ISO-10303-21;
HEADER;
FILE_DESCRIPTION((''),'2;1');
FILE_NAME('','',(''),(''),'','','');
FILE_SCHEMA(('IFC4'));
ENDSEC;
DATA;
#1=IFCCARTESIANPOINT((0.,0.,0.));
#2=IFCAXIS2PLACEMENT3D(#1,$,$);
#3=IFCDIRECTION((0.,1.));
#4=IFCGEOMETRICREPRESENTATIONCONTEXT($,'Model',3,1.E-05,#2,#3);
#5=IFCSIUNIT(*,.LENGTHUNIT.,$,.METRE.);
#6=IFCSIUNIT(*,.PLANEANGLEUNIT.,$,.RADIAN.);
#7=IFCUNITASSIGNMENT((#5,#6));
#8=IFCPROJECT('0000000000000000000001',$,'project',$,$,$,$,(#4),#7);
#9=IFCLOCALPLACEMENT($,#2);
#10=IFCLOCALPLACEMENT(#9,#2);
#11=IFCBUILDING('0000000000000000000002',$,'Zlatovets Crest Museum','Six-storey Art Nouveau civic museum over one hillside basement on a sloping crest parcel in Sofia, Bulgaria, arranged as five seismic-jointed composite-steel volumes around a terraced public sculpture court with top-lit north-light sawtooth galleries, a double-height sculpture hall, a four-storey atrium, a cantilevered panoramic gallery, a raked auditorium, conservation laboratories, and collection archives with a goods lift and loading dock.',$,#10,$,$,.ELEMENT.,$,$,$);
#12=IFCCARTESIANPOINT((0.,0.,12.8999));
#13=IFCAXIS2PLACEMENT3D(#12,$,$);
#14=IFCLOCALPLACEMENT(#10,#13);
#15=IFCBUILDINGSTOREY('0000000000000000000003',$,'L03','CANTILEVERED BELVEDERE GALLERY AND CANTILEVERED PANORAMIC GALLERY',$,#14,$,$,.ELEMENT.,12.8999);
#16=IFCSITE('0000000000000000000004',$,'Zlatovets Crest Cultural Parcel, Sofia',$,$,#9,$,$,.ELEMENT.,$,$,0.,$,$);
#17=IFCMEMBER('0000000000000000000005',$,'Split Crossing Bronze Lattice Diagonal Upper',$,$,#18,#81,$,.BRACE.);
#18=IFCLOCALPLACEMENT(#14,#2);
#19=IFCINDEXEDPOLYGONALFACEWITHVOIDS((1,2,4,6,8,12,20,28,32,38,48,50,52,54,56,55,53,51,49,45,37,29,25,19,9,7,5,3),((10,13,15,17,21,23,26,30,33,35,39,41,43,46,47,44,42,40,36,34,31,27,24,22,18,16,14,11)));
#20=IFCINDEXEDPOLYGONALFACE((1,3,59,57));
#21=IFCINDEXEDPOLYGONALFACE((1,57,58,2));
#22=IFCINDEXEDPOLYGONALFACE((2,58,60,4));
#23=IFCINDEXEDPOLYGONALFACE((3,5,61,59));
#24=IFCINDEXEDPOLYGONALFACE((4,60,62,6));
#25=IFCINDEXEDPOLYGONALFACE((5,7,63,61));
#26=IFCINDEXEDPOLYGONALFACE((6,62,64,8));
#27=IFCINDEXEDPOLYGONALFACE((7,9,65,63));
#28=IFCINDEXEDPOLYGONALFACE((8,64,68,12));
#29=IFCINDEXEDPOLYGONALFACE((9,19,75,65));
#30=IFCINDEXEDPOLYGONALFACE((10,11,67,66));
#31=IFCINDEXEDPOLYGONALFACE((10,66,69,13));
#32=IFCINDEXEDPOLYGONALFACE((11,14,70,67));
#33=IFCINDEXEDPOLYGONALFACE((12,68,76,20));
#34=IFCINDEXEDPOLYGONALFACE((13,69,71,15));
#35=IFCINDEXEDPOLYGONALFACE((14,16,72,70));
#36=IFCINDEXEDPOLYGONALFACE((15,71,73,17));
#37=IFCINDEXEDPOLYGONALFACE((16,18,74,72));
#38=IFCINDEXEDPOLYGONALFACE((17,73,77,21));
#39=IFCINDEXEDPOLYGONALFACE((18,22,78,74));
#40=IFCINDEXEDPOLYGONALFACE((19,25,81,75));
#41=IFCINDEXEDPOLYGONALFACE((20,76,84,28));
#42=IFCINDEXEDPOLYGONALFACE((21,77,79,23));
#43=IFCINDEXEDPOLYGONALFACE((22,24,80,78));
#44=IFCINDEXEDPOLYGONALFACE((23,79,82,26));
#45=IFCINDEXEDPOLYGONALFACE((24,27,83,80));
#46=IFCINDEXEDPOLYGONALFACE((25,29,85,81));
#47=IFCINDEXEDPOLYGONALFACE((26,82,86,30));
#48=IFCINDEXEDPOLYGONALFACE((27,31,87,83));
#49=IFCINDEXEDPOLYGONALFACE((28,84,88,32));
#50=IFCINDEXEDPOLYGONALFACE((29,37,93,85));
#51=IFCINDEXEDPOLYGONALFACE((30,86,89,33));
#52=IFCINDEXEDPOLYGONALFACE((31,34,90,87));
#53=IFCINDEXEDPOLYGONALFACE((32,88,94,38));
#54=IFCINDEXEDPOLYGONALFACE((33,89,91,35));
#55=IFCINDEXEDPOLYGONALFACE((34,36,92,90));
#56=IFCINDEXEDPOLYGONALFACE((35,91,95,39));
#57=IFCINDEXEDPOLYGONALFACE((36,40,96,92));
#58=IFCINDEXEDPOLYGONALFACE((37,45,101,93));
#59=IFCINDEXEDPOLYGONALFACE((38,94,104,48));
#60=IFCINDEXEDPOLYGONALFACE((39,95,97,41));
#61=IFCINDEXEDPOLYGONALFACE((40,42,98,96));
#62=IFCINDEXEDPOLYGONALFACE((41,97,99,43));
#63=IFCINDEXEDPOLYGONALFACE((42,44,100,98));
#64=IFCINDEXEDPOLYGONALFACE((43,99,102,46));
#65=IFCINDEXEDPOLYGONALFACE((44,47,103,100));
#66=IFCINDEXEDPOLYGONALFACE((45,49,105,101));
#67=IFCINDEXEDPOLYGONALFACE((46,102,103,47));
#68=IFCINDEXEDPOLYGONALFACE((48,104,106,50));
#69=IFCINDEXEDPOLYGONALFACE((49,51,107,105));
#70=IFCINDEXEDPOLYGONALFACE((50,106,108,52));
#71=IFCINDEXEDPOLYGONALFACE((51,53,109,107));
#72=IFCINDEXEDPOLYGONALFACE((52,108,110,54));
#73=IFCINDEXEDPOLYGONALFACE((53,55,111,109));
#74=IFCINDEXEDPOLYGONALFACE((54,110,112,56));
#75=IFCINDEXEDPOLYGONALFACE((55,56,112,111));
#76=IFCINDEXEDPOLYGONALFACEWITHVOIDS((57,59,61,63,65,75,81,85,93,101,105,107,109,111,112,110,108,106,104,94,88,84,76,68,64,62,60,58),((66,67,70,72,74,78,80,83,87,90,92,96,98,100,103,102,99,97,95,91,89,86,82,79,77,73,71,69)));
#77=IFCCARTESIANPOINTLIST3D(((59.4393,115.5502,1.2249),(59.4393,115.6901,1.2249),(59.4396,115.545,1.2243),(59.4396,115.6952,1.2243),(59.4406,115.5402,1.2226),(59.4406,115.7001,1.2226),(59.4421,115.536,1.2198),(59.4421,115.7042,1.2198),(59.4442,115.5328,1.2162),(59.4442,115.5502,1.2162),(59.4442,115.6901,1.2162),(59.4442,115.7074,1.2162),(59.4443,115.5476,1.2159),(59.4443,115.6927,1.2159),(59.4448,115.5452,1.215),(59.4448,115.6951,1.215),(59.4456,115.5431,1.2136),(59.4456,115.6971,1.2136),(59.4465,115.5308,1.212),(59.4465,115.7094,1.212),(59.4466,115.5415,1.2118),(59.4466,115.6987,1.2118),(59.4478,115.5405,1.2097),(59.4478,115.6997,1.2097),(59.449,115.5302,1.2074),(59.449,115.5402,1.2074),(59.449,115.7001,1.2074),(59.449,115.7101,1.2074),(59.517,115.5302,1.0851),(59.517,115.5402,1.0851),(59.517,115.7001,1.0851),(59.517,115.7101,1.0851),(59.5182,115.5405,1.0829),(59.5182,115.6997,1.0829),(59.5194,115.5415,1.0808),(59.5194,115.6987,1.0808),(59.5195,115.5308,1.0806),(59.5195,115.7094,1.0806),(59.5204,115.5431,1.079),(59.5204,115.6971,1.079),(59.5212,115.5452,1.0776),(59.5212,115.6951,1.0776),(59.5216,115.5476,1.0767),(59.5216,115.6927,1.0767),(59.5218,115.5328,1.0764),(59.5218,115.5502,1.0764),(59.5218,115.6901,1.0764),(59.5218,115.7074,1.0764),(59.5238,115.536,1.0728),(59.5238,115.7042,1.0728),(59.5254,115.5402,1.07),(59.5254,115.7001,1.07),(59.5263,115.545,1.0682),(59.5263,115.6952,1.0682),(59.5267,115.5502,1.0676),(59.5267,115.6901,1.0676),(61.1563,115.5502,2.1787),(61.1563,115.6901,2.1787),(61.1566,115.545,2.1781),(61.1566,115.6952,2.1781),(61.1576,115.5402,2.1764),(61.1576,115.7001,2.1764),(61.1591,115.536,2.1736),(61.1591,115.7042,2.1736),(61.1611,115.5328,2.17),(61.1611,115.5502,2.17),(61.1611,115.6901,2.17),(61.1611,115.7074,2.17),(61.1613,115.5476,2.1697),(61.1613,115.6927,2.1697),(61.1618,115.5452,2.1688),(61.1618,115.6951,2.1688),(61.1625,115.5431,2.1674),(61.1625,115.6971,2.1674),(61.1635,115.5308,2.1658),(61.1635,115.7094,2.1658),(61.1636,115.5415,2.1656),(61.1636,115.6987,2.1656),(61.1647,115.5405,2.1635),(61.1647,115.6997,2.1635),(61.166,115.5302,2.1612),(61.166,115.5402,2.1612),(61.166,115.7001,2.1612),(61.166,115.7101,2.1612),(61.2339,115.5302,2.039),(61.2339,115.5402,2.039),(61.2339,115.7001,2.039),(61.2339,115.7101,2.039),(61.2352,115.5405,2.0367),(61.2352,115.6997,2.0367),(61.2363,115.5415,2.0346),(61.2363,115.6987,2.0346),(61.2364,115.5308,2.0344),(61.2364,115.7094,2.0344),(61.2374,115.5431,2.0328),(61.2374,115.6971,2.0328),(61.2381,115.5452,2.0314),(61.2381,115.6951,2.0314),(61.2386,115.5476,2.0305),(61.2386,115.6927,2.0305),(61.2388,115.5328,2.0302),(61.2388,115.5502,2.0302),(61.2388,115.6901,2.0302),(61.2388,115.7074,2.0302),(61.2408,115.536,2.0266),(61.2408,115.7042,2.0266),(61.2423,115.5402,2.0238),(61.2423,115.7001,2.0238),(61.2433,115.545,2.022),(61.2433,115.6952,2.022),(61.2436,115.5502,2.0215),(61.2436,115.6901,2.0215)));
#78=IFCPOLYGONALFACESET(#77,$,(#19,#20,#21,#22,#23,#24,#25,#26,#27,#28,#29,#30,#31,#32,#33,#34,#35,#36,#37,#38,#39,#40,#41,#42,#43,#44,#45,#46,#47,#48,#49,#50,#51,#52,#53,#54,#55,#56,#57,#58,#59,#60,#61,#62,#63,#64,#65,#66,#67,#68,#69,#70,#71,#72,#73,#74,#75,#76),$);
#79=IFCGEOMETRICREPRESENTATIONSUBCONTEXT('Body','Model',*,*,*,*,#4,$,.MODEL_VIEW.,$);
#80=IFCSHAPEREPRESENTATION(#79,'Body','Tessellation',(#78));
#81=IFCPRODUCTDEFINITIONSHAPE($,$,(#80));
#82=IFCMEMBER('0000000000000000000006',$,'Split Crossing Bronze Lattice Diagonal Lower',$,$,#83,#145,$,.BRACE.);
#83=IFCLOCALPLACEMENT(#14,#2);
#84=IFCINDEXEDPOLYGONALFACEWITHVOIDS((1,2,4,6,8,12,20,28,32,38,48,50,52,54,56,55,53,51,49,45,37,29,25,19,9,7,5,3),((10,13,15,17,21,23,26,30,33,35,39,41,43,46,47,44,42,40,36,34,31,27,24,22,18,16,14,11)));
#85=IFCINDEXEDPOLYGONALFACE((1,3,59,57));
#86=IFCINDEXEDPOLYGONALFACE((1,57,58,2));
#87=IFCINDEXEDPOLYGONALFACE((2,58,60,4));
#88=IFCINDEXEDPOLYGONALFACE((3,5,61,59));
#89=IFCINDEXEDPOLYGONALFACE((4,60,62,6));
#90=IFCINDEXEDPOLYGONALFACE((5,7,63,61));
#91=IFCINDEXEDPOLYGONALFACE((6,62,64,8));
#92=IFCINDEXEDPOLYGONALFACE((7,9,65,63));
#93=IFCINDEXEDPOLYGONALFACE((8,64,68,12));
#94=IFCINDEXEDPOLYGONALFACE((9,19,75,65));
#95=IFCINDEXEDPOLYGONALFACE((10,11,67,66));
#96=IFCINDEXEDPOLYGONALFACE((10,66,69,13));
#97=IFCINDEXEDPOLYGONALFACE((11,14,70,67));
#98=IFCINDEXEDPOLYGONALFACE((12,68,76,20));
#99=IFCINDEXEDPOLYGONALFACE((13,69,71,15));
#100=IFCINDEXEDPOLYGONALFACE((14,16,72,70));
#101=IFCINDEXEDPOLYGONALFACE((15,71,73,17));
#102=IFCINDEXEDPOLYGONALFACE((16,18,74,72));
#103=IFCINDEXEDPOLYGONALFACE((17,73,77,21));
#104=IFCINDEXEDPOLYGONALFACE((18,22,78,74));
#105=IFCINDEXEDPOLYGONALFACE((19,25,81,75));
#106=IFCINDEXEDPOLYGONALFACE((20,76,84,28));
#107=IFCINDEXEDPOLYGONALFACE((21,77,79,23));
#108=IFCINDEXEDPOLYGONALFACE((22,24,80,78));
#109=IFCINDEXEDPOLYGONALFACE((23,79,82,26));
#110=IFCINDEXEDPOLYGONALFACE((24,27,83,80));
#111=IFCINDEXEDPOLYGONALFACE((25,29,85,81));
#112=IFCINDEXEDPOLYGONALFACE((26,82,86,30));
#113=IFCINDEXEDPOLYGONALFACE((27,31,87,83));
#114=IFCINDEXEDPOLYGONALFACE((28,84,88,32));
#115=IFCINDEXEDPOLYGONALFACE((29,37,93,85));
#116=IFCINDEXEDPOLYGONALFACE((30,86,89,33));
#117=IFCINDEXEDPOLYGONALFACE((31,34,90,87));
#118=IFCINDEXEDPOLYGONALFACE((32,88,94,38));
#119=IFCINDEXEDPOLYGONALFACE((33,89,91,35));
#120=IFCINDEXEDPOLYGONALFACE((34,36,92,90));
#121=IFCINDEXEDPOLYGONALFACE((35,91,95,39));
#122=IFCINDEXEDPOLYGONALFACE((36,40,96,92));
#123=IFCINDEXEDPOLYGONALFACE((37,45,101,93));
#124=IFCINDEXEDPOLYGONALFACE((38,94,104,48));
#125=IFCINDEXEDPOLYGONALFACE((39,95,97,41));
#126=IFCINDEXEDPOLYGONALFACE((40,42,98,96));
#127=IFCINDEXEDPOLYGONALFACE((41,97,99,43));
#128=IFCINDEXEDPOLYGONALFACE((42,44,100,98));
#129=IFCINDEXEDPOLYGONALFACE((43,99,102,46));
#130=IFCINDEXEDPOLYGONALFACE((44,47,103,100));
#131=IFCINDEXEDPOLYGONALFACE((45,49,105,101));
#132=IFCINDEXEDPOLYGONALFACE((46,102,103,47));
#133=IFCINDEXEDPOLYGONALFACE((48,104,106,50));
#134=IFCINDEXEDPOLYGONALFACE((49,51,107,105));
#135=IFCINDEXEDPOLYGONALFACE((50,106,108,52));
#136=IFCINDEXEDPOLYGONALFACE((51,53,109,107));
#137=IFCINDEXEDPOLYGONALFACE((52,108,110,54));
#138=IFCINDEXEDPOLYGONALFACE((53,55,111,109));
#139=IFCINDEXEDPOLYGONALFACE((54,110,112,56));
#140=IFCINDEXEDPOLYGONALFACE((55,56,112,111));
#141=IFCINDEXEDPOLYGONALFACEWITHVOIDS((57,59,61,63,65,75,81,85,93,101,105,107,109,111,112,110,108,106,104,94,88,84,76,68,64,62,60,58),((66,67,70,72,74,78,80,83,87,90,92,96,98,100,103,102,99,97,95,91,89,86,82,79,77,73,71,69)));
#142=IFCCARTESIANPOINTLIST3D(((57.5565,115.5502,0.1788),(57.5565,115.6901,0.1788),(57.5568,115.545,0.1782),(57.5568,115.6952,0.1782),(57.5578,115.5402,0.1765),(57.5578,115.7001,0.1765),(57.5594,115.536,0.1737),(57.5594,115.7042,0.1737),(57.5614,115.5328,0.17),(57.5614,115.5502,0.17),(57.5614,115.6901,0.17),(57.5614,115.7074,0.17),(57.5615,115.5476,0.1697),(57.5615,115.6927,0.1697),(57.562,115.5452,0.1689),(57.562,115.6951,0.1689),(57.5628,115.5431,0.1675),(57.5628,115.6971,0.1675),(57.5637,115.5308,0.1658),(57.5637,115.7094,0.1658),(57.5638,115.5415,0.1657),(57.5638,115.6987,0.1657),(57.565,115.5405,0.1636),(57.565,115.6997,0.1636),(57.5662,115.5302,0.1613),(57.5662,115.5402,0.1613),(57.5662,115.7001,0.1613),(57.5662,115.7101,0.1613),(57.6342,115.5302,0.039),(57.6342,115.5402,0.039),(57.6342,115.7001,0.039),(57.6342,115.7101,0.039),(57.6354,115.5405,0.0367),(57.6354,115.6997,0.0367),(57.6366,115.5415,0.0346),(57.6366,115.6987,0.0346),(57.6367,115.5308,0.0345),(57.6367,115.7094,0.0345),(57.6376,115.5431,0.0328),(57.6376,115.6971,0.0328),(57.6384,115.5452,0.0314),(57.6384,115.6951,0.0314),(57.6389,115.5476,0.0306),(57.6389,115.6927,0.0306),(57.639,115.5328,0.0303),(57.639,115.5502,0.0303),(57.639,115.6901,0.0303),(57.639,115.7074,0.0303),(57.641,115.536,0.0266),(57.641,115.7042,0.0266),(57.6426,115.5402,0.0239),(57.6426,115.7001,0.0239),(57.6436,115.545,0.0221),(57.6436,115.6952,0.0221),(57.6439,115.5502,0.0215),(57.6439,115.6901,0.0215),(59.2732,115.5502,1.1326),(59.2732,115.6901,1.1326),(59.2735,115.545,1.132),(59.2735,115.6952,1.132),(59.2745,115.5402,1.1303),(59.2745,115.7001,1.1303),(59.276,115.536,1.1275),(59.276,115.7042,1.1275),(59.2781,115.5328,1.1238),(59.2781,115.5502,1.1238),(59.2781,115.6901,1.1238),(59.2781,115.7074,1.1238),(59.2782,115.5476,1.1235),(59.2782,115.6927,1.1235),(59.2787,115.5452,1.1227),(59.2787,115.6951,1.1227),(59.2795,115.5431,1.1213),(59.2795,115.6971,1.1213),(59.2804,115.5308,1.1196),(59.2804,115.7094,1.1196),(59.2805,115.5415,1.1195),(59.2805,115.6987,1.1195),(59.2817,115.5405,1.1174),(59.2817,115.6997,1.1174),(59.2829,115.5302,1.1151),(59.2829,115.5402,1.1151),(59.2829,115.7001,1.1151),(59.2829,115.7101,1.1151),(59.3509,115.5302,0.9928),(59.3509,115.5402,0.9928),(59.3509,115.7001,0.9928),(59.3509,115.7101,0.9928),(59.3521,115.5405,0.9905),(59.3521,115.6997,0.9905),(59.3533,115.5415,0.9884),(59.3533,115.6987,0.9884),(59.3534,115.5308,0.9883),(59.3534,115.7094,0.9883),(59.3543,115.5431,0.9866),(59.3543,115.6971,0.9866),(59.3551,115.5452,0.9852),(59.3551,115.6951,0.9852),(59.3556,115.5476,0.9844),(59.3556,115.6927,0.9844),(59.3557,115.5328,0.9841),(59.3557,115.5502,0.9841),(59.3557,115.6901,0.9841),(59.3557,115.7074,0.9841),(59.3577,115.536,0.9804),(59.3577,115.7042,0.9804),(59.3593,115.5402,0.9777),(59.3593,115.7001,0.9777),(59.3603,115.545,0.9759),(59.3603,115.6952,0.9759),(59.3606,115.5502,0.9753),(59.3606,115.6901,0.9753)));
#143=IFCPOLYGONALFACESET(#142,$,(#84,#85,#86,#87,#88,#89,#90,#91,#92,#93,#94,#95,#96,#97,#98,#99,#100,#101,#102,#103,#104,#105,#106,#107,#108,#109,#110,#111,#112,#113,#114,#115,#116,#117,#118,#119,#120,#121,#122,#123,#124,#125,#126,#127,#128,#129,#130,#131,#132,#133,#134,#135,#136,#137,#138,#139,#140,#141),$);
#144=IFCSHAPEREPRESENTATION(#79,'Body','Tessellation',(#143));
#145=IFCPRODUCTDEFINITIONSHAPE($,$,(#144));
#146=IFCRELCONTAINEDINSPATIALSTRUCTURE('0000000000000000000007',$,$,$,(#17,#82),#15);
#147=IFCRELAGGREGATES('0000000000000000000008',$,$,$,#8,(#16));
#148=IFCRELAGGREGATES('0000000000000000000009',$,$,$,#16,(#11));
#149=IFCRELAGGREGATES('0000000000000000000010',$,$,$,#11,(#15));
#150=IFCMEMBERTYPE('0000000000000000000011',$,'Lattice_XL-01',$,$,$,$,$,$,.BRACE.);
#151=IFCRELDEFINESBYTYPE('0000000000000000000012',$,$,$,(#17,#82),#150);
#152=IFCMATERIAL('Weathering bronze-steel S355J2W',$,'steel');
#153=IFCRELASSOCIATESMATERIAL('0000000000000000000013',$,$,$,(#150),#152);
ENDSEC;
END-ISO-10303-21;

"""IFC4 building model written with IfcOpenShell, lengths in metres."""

from ifc_helpers import new_model, si_unit, direction, frame, origin, origin_2d, place, context, subcontext, project, spatial, hollow_rectangle, extrude, material, material_profile, profile_set, type_object, element, save


model = new_model("IFC4")

# Units and contexts
model_context = context("Model", 3, precision=1e-05, world=origin(), true_north=direction((0.0, 1.0)))
body_context = subcontext(model_context, "Body", "Model", "MODEL_VIEW")
ifc_project = project(units=[si_unit("LENGTHUNIT", "METRE"), si_unit("PLANEANGLEUNIT", "RADIAN")], contexts=[model_context])

# Site, building, storey
site_placement = place(None, origin())
site = spatial("IfcSite", under=ifc_project, at=site_placement, Name="Zlatovets Crest Cultural Parcel, Sofia", CompositionType="ELEMENT", RefElevation=0.0)
building_placement = place(site_placement, origin())
building = spatial("IfcBuilding", under=site, at=building_placement, Name="Zlatovets Crest Museum", Description="Six-storey Art Nouveau civic museum over one hillside basement on a sloping crest parcel in Sofia, Bulgaria, arranged as five seismic-jointed composite-steel volumes around a terraced public sculpture court with top-lit north-light sawtooth galleries, a double-height sculpture hall, a four-storey atrium, a cantilevered panoramic gallery, a raked auditorium, conservation laboratories, and collection archives with a goods lift and loading dock.", CompositionType="ELEMENT")
storey_placement = place(building_placement, frame((0.0, 0.0, 12.8999)))
storey = spatial("IfcBuildingStorey", under=building, at=storey_placement, Name="L03", Description="CANTILEVERED BELVEDERE GALLERY AND CANTILEVERED PANORAMIC GALLERY", CompositionType="ELEMENT", Elevation=12.8999)

# Members
ifc_material_1 = material(Name="Weathering bronze-steel S355J2W", Category="steel")
ifc_material_profile_1 = material_profile(ifc_material_1, hollow_rectangle(XDim=0.1799, YDim=0.1799, WallThickness=0.01, InnerFilletRadius=0.01, OuterFilletRadius=0.02, at=origin_2d()), Name="SHS 180x180x10.0")
ifc_profile_set_1 = profile_set([ifc_material_profile_1], Name="Weathering bronze-steel S355J2W")
member_type = type_object("IfcMemberType", Name="Lattice_XL-01", PredefinedType="BRACE", material=ifc_profile_set_1)
member_1_placement = place(storey_placement, frame((61.2, 115.6201, 2.1001), z_axis=(-0.874169, 0.0, -0.485622), x_axis=(0.0, -1.0, 0.0)))
element("IfcMember", 1, at=member_1_placement, inside=storey, type_object=member_type, Name="Split Crossing Bronze Lattice Diagonal Upper", PredefinedType="BRACE", context=body_context, shape_type="SweptSolid", body=[
    extrude(hollow_rectangle(XDim=0.1799, YDim=0.1799, WallThickness=0.01, InnerFilletRadius=0.01, OuterFilletRadius=0.02, at=origin_2d()), origin(), (0.0, 0.0, 1.0), 1.9641),
])
member_2_placement = place(storey_placement, frame((59.3169, 115.6201, 1.054), z_axis=(-0.87414, 0.0, -0.485675), x_axis=(0.0, -1.0, 0.0)))
element("IfcMember", 2, at=member_2_placement, inside=storey, type_object=member_type, Name="Split Crossing Bronze Lattice Diagonal Lower", PredefinedType="BRACE", context=body_context, shape_type="SweptSolid", body=[
    extrude(hollow_rectangle(XDim=0.1799, YDim=0.1799, WallThickness=0.01, InnerFilletRadius=0.01, OuterFilletRadius=0.02, at=origin_2d()), origin(), (0.0, 0.0, 1.0), 1.9639),
])

save(model, "model.ifc")
